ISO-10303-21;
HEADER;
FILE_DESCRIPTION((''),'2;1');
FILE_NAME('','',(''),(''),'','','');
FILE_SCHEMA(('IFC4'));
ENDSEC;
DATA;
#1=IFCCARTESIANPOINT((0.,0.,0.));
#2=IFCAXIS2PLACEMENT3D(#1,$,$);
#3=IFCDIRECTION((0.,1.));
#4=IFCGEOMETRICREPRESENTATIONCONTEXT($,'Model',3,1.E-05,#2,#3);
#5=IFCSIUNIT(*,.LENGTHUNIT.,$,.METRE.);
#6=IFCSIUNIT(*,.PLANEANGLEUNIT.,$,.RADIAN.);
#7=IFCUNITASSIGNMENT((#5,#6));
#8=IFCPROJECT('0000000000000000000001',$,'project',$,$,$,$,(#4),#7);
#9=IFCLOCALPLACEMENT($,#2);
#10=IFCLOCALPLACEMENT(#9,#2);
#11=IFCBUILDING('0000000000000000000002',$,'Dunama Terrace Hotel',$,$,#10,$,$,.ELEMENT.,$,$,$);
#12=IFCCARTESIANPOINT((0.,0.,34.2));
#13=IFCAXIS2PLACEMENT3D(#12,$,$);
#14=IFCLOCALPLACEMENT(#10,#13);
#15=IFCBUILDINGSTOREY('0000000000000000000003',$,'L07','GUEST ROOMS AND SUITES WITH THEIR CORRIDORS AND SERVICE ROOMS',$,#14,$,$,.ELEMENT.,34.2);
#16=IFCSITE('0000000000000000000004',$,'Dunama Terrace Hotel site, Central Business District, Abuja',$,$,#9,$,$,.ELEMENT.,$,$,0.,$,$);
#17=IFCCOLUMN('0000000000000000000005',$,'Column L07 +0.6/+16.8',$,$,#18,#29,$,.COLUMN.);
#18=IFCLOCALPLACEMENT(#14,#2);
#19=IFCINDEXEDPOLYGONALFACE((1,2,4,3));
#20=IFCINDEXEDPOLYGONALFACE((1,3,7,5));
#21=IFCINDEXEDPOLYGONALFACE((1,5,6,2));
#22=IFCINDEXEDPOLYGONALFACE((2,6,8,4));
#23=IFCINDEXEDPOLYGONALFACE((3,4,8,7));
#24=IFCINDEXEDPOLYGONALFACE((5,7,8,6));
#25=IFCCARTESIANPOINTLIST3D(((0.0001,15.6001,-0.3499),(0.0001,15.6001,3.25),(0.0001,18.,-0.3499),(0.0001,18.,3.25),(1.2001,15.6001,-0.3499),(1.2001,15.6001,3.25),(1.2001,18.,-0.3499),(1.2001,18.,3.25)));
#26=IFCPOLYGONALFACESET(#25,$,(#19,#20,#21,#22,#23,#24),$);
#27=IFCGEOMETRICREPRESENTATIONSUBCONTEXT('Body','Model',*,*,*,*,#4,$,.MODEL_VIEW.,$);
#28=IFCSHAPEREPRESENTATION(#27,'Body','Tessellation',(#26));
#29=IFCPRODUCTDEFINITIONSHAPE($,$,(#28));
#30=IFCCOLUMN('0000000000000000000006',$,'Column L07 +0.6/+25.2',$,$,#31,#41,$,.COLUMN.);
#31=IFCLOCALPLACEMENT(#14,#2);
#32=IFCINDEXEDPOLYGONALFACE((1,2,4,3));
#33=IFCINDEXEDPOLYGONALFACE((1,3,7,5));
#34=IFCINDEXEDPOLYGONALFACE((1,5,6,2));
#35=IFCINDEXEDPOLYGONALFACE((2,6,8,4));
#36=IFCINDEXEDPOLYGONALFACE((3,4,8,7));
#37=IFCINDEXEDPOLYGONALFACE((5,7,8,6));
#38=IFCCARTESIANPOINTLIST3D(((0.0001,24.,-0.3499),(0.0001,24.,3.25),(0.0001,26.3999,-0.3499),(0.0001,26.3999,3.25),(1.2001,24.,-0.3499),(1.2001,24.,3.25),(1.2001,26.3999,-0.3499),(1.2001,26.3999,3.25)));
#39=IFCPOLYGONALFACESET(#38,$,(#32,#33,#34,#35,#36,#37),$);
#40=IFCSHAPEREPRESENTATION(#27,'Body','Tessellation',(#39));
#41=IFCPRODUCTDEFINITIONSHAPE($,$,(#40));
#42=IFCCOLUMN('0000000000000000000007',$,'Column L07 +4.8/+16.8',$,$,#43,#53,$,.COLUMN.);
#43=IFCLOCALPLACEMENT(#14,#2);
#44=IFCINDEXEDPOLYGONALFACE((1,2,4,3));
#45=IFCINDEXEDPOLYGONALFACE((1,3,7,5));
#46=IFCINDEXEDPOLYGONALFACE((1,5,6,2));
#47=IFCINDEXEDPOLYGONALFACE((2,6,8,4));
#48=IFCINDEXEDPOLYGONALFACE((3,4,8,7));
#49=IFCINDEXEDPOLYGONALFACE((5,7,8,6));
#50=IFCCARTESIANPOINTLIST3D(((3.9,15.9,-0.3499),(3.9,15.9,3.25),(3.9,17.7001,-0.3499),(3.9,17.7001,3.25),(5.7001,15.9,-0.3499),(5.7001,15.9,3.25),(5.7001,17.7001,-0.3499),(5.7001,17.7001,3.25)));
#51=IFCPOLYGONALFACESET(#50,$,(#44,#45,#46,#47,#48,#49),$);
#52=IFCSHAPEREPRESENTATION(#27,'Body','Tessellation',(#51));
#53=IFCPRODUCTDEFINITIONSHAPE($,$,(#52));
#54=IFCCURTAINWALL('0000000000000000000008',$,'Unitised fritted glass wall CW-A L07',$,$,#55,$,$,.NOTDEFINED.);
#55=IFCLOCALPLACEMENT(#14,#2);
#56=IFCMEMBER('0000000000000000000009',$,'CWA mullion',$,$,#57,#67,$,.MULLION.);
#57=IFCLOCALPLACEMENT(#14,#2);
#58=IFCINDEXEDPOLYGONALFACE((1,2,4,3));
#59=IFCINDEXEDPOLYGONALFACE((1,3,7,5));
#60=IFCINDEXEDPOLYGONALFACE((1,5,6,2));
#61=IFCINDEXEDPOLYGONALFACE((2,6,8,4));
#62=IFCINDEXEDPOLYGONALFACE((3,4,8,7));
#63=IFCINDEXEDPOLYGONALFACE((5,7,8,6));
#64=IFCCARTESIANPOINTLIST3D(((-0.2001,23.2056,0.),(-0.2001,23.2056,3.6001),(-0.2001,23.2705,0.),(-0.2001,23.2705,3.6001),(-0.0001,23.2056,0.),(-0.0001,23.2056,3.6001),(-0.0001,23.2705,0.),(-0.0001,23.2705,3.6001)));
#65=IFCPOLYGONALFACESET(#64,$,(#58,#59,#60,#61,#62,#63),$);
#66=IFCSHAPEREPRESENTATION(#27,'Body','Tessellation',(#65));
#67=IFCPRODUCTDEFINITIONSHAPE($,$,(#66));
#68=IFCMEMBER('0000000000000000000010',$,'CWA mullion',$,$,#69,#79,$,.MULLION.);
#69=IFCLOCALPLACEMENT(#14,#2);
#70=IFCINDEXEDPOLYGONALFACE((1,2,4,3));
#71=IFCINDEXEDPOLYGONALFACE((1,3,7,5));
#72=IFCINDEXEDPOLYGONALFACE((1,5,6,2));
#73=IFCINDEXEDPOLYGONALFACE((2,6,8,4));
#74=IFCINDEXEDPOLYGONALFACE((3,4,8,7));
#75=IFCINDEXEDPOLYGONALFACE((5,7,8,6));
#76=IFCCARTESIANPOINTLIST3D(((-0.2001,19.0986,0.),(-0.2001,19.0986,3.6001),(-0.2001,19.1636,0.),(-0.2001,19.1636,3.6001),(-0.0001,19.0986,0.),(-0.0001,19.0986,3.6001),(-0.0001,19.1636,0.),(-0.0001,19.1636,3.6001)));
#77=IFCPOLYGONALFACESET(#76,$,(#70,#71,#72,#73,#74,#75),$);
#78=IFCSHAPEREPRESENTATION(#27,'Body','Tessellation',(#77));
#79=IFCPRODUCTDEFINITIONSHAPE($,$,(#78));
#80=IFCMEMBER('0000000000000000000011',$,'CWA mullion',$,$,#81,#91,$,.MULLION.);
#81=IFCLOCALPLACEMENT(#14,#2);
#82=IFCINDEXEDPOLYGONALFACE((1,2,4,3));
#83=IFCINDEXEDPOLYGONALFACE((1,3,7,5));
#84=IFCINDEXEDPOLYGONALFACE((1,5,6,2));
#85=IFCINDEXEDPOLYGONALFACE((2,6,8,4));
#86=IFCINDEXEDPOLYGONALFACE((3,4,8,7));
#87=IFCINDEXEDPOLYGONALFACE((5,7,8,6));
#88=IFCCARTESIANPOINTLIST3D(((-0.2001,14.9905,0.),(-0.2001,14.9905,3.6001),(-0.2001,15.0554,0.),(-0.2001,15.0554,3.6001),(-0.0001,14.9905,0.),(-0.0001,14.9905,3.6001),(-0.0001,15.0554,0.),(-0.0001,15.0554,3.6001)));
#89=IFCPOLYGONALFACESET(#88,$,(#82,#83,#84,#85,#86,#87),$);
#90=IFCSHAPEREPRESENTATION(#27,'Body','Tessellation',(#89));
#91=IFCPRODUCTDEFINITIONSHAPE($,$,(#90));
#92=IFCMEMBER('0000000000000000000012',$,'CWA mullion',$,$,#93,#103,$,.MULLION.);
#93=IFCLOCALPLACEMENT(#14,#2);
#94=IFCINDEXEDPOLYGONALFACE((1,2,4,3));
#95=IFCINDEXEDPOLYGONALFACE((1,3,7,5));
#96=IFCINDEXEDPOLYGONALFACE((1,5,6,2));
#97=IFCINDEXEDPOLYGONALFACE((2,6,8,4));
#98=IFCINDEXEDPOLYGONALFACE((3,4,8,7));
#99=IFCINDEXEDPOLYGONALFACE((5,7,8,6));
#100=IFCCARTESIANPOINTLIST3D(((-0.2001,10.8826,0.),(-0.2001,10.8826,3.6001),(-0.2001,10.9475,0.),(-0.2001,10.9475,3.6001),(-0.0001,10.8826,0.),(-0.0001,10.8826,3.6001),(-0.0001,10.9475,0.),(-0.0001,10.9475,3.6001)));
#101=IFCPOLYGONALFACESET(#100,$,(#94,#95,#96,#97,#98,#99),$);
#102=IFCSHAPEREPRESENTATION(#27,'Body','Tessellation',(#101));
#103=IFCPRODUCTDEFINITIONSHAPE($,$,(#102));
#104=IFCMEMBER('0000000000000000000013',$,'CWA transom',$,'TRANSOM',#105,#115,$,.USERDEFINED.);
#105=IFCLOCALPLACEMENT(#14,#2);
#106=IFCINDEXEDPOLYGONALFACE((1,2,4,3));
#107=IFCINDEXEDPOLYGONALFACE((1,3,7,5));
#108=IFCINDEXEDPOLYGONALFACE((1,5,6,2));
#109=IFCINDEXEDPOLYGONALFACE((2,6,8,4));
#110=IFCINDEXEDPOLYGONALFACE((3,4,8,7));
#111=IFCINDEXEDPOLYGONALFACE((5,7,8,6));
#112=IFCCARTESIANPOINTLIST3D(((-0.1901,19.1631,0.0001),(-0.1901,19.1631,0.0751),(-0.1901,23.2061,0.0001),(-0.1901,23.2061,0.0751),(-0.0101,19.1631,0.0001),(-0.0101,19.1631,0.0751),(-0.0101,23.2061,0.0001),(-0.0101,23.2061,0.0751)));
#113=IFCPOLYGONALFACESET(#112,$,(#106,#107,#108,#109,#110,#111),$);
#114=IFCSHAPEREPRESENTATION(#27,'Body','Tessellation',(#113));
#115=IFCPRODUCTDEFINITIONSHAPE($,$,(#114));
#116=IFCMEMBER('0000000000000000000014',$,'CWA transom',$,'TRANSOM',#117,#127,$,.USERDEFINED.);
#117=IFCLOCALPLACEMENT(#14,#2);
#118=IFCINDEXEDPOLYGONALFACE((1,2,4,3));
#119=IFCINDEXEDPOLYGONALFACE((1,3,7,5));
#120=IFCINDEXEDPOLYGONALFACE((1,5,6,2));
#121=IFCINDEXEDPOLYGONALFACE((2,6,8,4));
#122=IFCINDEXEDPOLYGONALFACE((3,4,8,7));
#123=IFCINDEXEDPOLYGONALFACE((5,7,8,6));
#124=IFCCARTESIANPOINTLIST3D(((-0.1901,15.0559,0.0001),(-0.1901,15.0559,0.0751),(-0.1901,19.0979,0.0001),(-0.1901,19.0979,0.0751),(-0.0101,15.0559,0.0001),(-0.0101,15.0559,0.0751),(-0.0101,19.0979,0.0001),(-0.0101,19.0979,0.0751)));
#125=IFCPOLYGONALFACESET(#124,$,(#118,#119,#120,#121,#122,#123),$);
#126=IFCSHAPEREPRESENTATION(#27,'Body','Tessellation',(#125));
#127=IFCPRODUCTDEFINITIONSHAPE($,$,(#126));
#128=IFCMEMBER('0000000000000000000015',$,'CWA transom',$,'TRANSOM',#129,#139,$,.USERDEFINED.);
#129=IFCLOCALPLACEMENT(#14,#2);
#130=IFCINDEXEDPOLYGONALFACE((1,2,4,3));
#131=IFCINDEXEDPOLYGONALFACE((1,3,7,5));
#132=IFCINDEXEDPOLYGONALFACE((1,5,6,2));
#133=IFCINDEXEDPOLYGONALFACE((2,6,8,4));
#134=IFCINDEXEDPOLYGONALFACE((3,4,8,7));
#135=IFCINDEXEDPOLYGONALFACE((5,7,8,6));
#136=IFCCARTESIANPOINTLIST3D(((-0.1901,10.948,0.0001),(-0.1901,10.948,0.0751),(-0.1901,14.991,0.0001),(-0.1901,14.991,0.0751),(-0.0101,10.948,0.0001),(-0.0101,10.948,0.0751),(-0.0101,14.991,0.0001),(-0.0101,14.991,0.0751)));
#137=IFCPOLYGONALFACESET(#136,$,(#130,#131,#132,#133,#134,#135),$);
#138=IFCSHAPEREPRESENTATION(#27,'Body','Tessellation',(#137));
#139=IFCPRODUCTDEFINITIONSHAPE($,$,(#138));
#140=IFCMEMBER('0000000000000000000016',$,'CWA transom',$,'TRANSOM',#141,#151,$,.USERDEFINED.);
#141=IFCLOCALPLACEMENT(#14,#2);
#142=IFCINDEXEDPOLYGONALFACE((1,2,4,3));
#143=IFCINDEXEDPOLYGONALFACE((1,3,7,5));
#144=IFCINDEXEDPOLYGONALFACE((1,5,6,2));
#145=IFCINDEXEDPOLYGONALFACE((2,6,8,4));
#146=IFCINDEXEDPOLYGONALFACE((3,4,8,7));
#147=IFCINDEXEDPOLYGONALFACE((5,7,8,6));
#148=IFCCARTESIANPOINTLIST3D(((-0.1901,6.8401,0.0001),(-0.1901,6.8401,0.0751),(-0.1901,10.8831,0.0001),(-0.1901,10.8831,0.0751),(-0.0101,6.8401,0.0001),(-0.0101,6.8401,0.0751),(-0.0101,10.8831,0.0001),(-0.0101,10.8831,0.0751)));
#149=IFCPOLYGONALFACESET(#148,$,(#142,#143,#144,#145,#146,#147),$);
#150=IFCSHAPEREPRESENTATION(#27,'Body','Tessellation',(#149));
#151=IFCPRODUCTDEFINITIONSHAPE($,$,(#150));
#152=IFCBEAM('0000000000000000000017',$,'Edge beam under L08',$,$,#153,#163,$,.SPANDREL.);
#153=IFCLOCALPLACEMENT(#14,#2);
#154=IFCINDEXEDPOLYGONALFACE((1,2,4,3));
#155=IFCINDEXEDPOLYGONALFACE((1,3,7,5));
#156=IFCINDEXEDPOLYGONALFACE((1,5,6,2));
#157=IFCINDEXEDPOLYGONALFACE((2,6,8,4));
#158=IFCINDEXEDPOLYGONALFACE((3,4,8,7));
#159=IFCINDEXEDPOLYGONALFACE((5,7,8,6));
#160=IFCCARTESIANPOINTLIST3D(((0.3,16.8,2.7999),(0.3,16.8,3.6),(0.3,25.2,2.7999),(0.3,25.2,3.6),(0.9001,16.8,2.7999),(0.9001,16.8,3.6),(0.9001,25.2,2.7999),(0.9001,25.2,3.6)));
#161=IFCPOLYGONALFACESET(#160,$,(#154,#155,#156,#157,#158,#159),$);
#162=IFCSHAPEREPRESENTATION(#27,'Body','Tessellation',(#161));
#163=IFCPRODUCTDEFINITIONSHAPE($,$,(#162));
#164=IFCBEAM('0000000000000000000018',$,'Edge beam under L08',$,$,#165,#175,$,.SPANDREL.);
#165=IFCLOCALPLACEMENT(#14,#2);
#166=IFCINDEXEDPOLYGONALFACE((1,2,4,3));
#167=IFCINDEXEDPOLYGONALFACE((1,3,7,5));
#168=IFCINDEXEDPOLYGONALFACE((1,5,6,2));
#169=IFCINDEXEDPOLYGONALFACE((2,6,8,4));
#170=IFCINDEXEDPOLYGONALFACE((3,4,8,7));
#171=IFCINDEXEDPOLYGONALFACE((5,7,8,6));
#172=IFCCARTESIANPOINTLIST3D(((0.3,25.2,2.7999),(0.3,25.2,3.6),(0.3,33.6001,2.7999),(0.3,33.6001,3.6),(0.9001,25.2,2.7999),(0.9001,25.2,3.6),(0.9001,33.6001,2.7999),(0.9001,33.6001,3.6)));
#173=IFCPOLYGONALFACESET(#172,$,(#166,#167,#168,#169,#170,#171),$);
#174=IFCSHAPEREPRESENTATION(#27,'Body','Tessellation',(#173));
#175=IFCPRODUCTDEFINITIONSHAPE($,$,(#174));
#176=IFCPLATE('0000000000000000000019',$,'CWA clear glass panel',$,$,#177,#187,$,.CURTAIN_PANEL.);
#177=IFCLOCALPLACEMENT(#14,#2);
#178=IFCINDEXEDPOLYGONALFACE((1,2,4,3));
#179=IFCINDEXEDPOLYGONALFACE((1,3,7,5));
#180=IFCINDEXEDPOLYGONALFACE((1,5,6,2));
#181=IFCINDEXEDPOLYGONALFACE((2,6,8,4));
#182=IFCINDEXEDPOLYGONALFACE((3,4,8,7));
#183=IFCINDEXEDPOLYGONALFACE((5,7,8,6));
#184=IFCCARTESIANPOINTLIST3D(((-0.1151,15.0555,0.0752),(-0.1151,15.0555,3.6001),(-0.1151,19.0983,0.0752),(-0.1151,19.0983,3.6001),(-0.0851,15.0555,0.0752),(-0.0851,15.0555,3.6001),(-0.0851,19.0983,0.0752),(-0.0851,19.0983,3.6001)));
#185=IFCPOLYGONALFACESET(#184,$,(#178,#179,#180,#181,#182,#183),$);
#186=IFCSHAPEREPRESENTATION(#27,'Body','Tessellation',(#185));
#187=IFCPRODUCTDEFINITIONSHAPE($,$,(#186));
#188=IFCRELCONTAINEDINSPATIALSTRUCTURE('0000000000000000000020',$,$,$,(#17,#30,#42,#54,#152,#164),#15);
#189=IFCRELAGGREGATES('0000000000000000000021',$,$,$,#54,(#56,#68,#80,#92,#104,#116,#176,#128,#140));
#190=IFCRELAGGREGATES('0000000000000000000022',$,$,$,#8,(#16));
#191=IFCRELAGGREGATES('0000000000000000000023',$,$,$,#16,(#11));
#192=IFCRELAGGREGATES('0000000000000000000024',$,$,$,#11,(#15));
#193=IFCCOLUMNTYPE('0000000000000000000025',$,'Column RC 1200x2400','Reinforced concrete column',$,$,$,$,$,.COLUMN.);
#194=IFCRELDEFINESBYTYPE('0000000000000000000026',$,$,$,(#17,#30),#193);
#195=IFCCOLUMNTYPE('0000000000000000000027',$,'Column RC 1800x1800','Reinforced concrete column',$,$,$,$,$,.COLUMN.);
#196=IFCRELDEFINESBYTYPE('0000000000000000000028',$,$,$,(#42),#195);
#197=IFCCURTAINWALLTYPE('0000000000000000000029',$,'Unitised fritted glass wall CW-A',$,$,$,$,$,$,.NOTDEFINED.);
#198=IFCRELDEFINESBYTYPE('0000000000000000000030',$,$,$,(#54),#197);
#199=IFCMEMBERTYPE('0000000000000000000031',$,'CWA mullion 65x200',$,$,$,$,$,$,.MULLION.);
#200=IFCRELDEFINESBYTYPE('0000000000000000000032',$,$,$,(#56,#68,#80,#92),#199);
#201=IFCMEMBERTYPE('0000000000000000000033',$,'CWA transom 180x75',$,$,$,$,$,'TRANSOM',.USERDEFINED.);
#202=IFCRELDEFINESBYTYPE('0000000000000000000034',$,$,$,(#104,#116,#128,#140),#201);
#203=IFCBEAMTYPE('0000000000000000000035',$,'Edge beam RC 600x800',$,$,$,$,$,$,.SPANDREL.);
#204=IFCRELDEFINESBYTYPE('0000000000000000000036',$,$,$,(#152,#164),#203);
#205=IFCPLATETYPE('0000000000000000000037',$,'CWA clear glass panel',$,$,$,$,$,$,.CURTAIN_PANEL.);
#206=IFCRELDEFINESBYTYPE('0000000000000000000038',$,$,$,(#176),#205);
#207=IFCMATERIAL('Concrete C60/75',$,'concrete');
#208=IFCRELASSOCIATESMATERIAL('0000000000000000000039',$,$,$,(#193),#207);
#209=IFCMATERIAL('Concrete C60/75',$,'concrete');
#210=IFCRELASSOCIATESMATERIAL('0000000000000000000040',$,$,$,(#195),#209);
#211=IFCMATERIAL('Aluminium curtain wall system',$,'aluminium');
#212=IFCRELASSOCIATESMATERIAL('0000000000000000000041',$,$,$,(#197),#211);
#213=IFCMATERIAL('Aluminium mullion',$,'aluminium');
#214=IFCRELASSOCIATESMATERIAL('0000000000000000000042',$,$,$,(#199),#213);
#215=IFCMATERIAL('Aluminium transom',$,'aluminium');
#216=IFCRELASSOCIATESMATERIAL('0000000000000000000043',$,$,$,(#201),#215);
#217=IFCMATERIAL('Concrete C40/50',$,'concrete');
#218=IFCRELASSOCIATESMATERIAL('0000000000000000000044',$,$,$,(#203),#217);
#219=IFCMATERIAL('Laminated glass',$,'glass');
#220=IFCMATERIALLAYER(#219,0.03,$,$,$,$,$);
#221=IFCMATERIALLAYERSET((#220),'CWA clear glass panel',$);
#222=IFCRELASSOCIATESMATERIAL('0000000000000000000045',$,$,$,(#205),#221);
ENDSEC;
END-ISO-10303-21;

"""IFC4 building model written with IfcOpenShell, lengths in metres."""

from ifc_helpers import new_model, si_unit, direction, frame, origin, origin_2d, place, context, subcontext, project, spatial, rectangle, extrude, material, layer, layer_set, material_profile, profile_set, type_object, element, aggregate, save


model = new_model("IFC4")

# Units and contexts
model_context = context("Model", 3, precision=1e-05, world=origin(), true_north=direction((0.0, 1.0)))
body_context = subcontext(model_context, "Body", "Model", "MODEL_VIEW")
ifc_project = project(units=[si_unit("LENGTHUNIT", "METRE"), si_unit("PLANEANGLEUNIT", "RADIAN")], contexts=[model_context])

# Site, building, storey
site_placement = place(None, origin())
site = spatial("IfcSite", under=ifc_project, at=site_placement, Name="Dunama Terrace Hotel site, Central Business District, Abuja", CompositionType="ELEMENT", RefElevation=0.0)
building_placement = place(site_placement, origin())
building = spatial("IfcBuilding", under=site, at=building_placement, Name="Dunama Terrace Hotel", CompositionType="ELEMENT")
storey_placement = place(building_placement, frame((0.0, 0.0, 34.2)))
storey = spatial("IfcBuildingStorey", under=building, at=storey_placement, Name="L07", Description="GUEST ROOMS AND SUITES WITH THEIR CORRIDORS AND SERVICE ROOMS", CompositionType="ELEMENT", Elevation=34.2)

# Columns
ifc_material_1 = material(Name="Concrete C60/75", Category="concrete")
ifc_material_profile_1 = material_profile(ifc_material_1, rectangle(XDim=1.2, YDim=2.3999, at=origin_2d()), Name="RC 1200x2400")
ifc_profile_set_1 = profile_set([ifc_material_profile_1], Name="Concrete C60/75")
column_type_1 = type_object("IfcColumnType", Name="Column RC 1200x2400", Description="Reinforced concrete column", PredefinedType="COLUMN", material=ifc_profile_set_1)
for number, where, z_axis, x_axis, name in (
    (1, (0.6001, 16.8, -0.3499), (0.0, 0.0, 1.0), (1.0, 0.0, 0.0), "Column L07 +0.6/+16.8"),
    (2, (0.6001, 25.2, -0.3499), (0.0, 0.0, 1.0), (1.0, 0.0, 0.0), "Column L07 +0.6/+25.2"),
):
    element("IfcColumn", number, at=place(storey_placement, frame(where, z_axis=z_axis, x_axis=x_axis)), inside=storey, type_object=column_type_1, Name=name, PredefinedType="COLUMN", context=body_context, shape_type="SweptSolid", body=[
        extrude(rectangle(XDim=1.2, YDim=2.3999, at=origin_2d()), origin(), (0.0, 0.0, 1.0), 3.5999),
    ])
ifc_material_2 = material(Name="Concrete C60/75", Category="concrete")
ifc_material_profile_2 = material_profile(ifc_material_2, rectangle(XDim=1.8, YDim=1.8, at=origin_2d()), Name="RC 1800x1800")
ifc_profile_set_2 = profile_set([ifc_material_profile_2], Name="Concrete C60/75")
column_type_2 = type_object("IfcColumnType", Name="Column RC 1800x1800", Description="Reinforced concrete column", PredefinedType="COLUMN", material=ifc_profile_set_2)
column_placement = place(storey_placement, frame((4.8, 16.8, -0.3499), z_axis=(0.0, 0.0, 1.0), x_axis=(1.0, 0.0, 0.0)))
element("IfcColumn", 3, at=column_placement, inside=storey, type_object=column_type_2, Name="Column L07 +4.8/+16.8", PredefinedType="COLUMN", context=body_context, shape_type="SweptSolid", body=[
    extrude(rectangle(XDim=1.8, YDim=1.8, at=origin_2d()), origin(), (0.0, 0.0, 1.0), 3.5999),
])

# Curtain wall, members
ifc_material_3 = material(Name="Aluminium curtain wall system", Category="aluminium")
curtain_wall_type = type_object("IfcCurtainWallType", Name="Unitised fritted glass wall CW-A", PredefinedType="NOTDEFINED", material=ifc_material_3)
curtain_wall_placement = place(storey_placement, origin())
curtain_wall = element("IfcCurtainWall", 4, at=curtain_wall_placement, inside=storey, type_object=curtain_wall_type, Name="Unitised fritted glass wall CW-A L07", PredefinedType="NOTDEFINED")
ifc_material_4 = material(Name="Aluminium mullion", Category="aluminium")
ifc_material_profile_3 = material_profile(ifc_material_4, rectangle(XDim=0.0649, YDim=0.2, at=origin_2d()), Name="CWA MULLION 65X200")
ifc_profile_set_3 = profile_set([ifc_material_profile_3], Name="Aluminium mullion")
member_type_1 = type_object("IfcMemberType", Name="CWA mullion 65x200", PredefinedType="MULLION", material=ifc_profile_set_3)
member_1_placement = place(storey_placement, frame((-0.1001, 23.238, 0.0), z_axis=(0.0, 0.0, 1.0), x_axis=(0.0, -1.0, 0.0)))
member_1 = element("IfcMember", 5, at=member_1_placement, type_object=member_type_1, Name="CWA mullion", PredefinedType="MULLION", context=body_context, shape_type="SweptSolid", body=[
    extrude(rectangle(XDim=0.0649, YDim=0.2, at=origin_2d()), origin(), (0.0, 0.0, 1.0), 3.6001),
])
member_2_placement = place(storey_placement, frame((-0.1001, 19.1311, 0.0), z_axis=(0.0, 0.0, 1.0), x_axis=(0.0, -1.0, 0.0)))
member_2 = element("IfcMember", 6, at=member_2_placement, type_object=member_type_1, Name="CWA mullion", PredefinedType="MULLION", context=body_context, shape_type="SweptSolid", body=[
    extrude(rectangle(XDim=0.0649, YDim=0.2, at=origin_2d()), origin(), (0.0, 0.0, 1.0), 3.6001),
])
member_3_placement = place(storey_placement, frame((-0.1001, 15.0229, 0.0), z_axis=(0.0, 0.0, 1.0), x_axis=(0.0, -1.0, 0.0)))
member_3 = element("IfcMember", 7, at=member_3_placement, type_object=member_type_1, Name="CWA mullion", PredefinedType="MULLION", context=body_context, shape_type="SweptSolid", body=[
    extrude(rectangle(XDim=0.0649, YDim=0.2, at=origin_2d()), origin(), (0.0, 0.0, 1.0), 3.6001),
])
member_4_placement = place(storey_placement, frame((-0.1001, 10.915, 0.0), z_axis=(0.0, 0.0, 1.0), x_axis=(0.0, -1.0, 0.0)))
member_4 = element("IfcMember", 8, at=member_4_placement, type_object=member_type_1, Name="CWA mullion", PredefinedType="MULLION", context=body_context, shape_type="SweptSolid", body=[
    extrude(rectangle(XDim=0.0649, YDim=0.2, at=origin_2d()), origin(), (0.0, 0.0, 1.0), 3.6001),
])
ifc_material_5 = material(Name="Aluminium transom", Category="aluminium")
ifc_material_profile_4 = material_profile(ifc_material_5, rectangle(XDim=0.1799, YDim=0.075, at=origin_2d()), Name="CWA TRANSOM 180X75")
ifc_profile_set_4 = profile_set([ifc_material_profile_4], Name="Aluminium transom")
member_type_2 = type_object("IfcMemberType", Name="CWA transom 180x75", ElementType="TRANSOM", PredefinedType="USERDEFINED", material=ifc_profile_set_4)
member_5_placement = place(storey_placement, frame((-0.1001, 23.2061, 0.0376), z_axis=(0.0, -1.0, 0.0), x_axis=(1.0, 0.0, 0.0)))
member_5 = element("IfcMember", 9, at=member_5_placement, type_object=member_type_2, Name="CWA transom", ObjectType="TRANSOM", PredefinedType="USERDEFINED", context=body_context, shape_type="SweptSolid", body=[
    extrude(rectangle(XDim=0.1799, YDim=0.075, at=origin_2d()), origin(), (0.0, 0.0, 1.0), 4.043),
])
member_6_placement = place(storey_placement, frame((-0.1001, 19.0979, 0.0376), z_axis=(0.0, -1.0, 0.0), x_axis=(1.0, 0.0, 0.0)))
member_6 = element("IfcMember", 10, at=member_6_placement, type_object=member_type_2, Name="CWA transom", ObjectType="TRANSOM", PredefinedType="USERDEFINED", context=body_context, shape_type="SweptSolid", body=[
    extrude(rectangle(XDim=0.1799, YDim=0.075, at=origin_2d()), origin(), (0.0, 0.0, 1.0), 4.042),
])
member_7_placement = place(storey_placement, frame((-0.1001, 14.991, 0.0376), z_axis=(0.0, -1.0, 0.0), x_axis=(1.0, 0.0, 0.0)))
member_7 = element("IfcMember", 11, at=member_7_placement, type_object=member_type_2, Name="CWA transom", ObjectType="TRANSOM", PredefinedType="USERDEFINED", context=body_context, shape_type="SweptSolid", body=[
    extrude(rectangle(XDim=0.1799, YDim=0.075, at=origin_2d()), origin(), (0.0, 0.0, 1.0), 4.043),
])
member_8_placement = place(storey_placement, frame((-0.1001, 10.8831, 0.0376), z_axis=(0.0, -1.0, 0.0), x_axis=(1.0, 0.0, 0.0)))
member_8 = element("IfcMember", 12, at=member_8_placement, type_object=member_type_2, Name="CWA transom", ObjectType="TRANSOM", PredefinedType="USERDEFINED", context=body_context, shape_type="SweptSolid", body=[
    extrude(rectangle(XDim=0.1799, YDim=0.075, at=origin_2d()), origin(), (0.0, 0.0, 1.0), 4.043),
])

# Beams
ifc_material_6 = material(Name="Concrete C40/50", Category="concrete")
ifc_material_profile_5 = material_profile(ifc_material_6, rectangle(XDim=0.6001, YDim=0.8, at=origin_2d()), Name="RC 600x800")
ifc_profile_set_5 = profile_set([ifc_material_profile_5], Name="Concrete C40/50")
beam_type = type_object("IfcBeamType", Name="Edge beam RC 600x800", PredefinedType="SPANDREL", material=ifc_profile_set_5)
beam_1_placement = place(storey_placement, frame((0.6001, 16.8, 3.2), z_axis=(0.0, 1.0, 0.0), x_axis=(-1.0, 0.0, 0.0)))
element("IfcBeam", 13, at=beam_1_placement, inside=storey, type_object=beam_type, Name="Edge beam under L08", PredefinedType="SPANDREL", context=body_context, shape_type="SweptSolid", body=[
    extrude(rectangle(XDim=0.6001, YDim=0.8, at=origin_2d()), origin(), (0.0, 0.0, 1.0), 8.3999),
])
beam_2_placement = place(storey_placement, frame((0.6001, 25.2, 3.2), z_axis=(0.0, 1.0, 0.0), x_axis=(-1.0, 0.0, 0.0)))
element("IfcBeam", 14, at=beam_2_placement, inside=storey, type_object=beam_type, Name="Edge beam under L08", PredefinedType="SPANDREL", context=body_context, shape_type="SweptSolid", body=[
    extrude(rectangle(XDim=0.6001, YDim=0.8, at=origin_2d()), origin(), (0.0, 0.0, 1.0), 8.4001),
])

# Plate
ifc_material_7 = material(Name="Laminated glass", Category="glass")
ifc_layer_1 = layer(ifc_material_7, 0.03)
ifc_layer_set_1 = layer_set([ifc_layer_1], Name="CWA clear glass panel")
plate_type_1 = type_object("IfcPlateType", Name="CWA clear glass panel", PredefinedType="CURTAIN_PANEL", material=ifc_layer_set_1)
plate_1_placement = place(storey_placement, frame((-0.1001, 17.0769, 0.0752), z_axis=(0.0, 0.0, 1.0), x_axis=(0.0, -1.0, 0.0)))
plate_1 = element("IfcPlate", 15, at=plate_1_placement, type_object=plate_type_1, Name="CWA clear glass panel", PredefinedType="CURTAIN_PANEL", context=body_context, shape_type="SweptSolid", body=[
    extrude(rectangle(XDim=4.0427, YDim=0.03, at=origin_2d()), origin(), (0.0, 0.0, 1.0), 3.5249),
])
aggregate(curtain_wall, [member_1, member_2, member_3, member_4, member_5, member_6, plate_1, member_7, member_8])

save(model, "model.ifc")
